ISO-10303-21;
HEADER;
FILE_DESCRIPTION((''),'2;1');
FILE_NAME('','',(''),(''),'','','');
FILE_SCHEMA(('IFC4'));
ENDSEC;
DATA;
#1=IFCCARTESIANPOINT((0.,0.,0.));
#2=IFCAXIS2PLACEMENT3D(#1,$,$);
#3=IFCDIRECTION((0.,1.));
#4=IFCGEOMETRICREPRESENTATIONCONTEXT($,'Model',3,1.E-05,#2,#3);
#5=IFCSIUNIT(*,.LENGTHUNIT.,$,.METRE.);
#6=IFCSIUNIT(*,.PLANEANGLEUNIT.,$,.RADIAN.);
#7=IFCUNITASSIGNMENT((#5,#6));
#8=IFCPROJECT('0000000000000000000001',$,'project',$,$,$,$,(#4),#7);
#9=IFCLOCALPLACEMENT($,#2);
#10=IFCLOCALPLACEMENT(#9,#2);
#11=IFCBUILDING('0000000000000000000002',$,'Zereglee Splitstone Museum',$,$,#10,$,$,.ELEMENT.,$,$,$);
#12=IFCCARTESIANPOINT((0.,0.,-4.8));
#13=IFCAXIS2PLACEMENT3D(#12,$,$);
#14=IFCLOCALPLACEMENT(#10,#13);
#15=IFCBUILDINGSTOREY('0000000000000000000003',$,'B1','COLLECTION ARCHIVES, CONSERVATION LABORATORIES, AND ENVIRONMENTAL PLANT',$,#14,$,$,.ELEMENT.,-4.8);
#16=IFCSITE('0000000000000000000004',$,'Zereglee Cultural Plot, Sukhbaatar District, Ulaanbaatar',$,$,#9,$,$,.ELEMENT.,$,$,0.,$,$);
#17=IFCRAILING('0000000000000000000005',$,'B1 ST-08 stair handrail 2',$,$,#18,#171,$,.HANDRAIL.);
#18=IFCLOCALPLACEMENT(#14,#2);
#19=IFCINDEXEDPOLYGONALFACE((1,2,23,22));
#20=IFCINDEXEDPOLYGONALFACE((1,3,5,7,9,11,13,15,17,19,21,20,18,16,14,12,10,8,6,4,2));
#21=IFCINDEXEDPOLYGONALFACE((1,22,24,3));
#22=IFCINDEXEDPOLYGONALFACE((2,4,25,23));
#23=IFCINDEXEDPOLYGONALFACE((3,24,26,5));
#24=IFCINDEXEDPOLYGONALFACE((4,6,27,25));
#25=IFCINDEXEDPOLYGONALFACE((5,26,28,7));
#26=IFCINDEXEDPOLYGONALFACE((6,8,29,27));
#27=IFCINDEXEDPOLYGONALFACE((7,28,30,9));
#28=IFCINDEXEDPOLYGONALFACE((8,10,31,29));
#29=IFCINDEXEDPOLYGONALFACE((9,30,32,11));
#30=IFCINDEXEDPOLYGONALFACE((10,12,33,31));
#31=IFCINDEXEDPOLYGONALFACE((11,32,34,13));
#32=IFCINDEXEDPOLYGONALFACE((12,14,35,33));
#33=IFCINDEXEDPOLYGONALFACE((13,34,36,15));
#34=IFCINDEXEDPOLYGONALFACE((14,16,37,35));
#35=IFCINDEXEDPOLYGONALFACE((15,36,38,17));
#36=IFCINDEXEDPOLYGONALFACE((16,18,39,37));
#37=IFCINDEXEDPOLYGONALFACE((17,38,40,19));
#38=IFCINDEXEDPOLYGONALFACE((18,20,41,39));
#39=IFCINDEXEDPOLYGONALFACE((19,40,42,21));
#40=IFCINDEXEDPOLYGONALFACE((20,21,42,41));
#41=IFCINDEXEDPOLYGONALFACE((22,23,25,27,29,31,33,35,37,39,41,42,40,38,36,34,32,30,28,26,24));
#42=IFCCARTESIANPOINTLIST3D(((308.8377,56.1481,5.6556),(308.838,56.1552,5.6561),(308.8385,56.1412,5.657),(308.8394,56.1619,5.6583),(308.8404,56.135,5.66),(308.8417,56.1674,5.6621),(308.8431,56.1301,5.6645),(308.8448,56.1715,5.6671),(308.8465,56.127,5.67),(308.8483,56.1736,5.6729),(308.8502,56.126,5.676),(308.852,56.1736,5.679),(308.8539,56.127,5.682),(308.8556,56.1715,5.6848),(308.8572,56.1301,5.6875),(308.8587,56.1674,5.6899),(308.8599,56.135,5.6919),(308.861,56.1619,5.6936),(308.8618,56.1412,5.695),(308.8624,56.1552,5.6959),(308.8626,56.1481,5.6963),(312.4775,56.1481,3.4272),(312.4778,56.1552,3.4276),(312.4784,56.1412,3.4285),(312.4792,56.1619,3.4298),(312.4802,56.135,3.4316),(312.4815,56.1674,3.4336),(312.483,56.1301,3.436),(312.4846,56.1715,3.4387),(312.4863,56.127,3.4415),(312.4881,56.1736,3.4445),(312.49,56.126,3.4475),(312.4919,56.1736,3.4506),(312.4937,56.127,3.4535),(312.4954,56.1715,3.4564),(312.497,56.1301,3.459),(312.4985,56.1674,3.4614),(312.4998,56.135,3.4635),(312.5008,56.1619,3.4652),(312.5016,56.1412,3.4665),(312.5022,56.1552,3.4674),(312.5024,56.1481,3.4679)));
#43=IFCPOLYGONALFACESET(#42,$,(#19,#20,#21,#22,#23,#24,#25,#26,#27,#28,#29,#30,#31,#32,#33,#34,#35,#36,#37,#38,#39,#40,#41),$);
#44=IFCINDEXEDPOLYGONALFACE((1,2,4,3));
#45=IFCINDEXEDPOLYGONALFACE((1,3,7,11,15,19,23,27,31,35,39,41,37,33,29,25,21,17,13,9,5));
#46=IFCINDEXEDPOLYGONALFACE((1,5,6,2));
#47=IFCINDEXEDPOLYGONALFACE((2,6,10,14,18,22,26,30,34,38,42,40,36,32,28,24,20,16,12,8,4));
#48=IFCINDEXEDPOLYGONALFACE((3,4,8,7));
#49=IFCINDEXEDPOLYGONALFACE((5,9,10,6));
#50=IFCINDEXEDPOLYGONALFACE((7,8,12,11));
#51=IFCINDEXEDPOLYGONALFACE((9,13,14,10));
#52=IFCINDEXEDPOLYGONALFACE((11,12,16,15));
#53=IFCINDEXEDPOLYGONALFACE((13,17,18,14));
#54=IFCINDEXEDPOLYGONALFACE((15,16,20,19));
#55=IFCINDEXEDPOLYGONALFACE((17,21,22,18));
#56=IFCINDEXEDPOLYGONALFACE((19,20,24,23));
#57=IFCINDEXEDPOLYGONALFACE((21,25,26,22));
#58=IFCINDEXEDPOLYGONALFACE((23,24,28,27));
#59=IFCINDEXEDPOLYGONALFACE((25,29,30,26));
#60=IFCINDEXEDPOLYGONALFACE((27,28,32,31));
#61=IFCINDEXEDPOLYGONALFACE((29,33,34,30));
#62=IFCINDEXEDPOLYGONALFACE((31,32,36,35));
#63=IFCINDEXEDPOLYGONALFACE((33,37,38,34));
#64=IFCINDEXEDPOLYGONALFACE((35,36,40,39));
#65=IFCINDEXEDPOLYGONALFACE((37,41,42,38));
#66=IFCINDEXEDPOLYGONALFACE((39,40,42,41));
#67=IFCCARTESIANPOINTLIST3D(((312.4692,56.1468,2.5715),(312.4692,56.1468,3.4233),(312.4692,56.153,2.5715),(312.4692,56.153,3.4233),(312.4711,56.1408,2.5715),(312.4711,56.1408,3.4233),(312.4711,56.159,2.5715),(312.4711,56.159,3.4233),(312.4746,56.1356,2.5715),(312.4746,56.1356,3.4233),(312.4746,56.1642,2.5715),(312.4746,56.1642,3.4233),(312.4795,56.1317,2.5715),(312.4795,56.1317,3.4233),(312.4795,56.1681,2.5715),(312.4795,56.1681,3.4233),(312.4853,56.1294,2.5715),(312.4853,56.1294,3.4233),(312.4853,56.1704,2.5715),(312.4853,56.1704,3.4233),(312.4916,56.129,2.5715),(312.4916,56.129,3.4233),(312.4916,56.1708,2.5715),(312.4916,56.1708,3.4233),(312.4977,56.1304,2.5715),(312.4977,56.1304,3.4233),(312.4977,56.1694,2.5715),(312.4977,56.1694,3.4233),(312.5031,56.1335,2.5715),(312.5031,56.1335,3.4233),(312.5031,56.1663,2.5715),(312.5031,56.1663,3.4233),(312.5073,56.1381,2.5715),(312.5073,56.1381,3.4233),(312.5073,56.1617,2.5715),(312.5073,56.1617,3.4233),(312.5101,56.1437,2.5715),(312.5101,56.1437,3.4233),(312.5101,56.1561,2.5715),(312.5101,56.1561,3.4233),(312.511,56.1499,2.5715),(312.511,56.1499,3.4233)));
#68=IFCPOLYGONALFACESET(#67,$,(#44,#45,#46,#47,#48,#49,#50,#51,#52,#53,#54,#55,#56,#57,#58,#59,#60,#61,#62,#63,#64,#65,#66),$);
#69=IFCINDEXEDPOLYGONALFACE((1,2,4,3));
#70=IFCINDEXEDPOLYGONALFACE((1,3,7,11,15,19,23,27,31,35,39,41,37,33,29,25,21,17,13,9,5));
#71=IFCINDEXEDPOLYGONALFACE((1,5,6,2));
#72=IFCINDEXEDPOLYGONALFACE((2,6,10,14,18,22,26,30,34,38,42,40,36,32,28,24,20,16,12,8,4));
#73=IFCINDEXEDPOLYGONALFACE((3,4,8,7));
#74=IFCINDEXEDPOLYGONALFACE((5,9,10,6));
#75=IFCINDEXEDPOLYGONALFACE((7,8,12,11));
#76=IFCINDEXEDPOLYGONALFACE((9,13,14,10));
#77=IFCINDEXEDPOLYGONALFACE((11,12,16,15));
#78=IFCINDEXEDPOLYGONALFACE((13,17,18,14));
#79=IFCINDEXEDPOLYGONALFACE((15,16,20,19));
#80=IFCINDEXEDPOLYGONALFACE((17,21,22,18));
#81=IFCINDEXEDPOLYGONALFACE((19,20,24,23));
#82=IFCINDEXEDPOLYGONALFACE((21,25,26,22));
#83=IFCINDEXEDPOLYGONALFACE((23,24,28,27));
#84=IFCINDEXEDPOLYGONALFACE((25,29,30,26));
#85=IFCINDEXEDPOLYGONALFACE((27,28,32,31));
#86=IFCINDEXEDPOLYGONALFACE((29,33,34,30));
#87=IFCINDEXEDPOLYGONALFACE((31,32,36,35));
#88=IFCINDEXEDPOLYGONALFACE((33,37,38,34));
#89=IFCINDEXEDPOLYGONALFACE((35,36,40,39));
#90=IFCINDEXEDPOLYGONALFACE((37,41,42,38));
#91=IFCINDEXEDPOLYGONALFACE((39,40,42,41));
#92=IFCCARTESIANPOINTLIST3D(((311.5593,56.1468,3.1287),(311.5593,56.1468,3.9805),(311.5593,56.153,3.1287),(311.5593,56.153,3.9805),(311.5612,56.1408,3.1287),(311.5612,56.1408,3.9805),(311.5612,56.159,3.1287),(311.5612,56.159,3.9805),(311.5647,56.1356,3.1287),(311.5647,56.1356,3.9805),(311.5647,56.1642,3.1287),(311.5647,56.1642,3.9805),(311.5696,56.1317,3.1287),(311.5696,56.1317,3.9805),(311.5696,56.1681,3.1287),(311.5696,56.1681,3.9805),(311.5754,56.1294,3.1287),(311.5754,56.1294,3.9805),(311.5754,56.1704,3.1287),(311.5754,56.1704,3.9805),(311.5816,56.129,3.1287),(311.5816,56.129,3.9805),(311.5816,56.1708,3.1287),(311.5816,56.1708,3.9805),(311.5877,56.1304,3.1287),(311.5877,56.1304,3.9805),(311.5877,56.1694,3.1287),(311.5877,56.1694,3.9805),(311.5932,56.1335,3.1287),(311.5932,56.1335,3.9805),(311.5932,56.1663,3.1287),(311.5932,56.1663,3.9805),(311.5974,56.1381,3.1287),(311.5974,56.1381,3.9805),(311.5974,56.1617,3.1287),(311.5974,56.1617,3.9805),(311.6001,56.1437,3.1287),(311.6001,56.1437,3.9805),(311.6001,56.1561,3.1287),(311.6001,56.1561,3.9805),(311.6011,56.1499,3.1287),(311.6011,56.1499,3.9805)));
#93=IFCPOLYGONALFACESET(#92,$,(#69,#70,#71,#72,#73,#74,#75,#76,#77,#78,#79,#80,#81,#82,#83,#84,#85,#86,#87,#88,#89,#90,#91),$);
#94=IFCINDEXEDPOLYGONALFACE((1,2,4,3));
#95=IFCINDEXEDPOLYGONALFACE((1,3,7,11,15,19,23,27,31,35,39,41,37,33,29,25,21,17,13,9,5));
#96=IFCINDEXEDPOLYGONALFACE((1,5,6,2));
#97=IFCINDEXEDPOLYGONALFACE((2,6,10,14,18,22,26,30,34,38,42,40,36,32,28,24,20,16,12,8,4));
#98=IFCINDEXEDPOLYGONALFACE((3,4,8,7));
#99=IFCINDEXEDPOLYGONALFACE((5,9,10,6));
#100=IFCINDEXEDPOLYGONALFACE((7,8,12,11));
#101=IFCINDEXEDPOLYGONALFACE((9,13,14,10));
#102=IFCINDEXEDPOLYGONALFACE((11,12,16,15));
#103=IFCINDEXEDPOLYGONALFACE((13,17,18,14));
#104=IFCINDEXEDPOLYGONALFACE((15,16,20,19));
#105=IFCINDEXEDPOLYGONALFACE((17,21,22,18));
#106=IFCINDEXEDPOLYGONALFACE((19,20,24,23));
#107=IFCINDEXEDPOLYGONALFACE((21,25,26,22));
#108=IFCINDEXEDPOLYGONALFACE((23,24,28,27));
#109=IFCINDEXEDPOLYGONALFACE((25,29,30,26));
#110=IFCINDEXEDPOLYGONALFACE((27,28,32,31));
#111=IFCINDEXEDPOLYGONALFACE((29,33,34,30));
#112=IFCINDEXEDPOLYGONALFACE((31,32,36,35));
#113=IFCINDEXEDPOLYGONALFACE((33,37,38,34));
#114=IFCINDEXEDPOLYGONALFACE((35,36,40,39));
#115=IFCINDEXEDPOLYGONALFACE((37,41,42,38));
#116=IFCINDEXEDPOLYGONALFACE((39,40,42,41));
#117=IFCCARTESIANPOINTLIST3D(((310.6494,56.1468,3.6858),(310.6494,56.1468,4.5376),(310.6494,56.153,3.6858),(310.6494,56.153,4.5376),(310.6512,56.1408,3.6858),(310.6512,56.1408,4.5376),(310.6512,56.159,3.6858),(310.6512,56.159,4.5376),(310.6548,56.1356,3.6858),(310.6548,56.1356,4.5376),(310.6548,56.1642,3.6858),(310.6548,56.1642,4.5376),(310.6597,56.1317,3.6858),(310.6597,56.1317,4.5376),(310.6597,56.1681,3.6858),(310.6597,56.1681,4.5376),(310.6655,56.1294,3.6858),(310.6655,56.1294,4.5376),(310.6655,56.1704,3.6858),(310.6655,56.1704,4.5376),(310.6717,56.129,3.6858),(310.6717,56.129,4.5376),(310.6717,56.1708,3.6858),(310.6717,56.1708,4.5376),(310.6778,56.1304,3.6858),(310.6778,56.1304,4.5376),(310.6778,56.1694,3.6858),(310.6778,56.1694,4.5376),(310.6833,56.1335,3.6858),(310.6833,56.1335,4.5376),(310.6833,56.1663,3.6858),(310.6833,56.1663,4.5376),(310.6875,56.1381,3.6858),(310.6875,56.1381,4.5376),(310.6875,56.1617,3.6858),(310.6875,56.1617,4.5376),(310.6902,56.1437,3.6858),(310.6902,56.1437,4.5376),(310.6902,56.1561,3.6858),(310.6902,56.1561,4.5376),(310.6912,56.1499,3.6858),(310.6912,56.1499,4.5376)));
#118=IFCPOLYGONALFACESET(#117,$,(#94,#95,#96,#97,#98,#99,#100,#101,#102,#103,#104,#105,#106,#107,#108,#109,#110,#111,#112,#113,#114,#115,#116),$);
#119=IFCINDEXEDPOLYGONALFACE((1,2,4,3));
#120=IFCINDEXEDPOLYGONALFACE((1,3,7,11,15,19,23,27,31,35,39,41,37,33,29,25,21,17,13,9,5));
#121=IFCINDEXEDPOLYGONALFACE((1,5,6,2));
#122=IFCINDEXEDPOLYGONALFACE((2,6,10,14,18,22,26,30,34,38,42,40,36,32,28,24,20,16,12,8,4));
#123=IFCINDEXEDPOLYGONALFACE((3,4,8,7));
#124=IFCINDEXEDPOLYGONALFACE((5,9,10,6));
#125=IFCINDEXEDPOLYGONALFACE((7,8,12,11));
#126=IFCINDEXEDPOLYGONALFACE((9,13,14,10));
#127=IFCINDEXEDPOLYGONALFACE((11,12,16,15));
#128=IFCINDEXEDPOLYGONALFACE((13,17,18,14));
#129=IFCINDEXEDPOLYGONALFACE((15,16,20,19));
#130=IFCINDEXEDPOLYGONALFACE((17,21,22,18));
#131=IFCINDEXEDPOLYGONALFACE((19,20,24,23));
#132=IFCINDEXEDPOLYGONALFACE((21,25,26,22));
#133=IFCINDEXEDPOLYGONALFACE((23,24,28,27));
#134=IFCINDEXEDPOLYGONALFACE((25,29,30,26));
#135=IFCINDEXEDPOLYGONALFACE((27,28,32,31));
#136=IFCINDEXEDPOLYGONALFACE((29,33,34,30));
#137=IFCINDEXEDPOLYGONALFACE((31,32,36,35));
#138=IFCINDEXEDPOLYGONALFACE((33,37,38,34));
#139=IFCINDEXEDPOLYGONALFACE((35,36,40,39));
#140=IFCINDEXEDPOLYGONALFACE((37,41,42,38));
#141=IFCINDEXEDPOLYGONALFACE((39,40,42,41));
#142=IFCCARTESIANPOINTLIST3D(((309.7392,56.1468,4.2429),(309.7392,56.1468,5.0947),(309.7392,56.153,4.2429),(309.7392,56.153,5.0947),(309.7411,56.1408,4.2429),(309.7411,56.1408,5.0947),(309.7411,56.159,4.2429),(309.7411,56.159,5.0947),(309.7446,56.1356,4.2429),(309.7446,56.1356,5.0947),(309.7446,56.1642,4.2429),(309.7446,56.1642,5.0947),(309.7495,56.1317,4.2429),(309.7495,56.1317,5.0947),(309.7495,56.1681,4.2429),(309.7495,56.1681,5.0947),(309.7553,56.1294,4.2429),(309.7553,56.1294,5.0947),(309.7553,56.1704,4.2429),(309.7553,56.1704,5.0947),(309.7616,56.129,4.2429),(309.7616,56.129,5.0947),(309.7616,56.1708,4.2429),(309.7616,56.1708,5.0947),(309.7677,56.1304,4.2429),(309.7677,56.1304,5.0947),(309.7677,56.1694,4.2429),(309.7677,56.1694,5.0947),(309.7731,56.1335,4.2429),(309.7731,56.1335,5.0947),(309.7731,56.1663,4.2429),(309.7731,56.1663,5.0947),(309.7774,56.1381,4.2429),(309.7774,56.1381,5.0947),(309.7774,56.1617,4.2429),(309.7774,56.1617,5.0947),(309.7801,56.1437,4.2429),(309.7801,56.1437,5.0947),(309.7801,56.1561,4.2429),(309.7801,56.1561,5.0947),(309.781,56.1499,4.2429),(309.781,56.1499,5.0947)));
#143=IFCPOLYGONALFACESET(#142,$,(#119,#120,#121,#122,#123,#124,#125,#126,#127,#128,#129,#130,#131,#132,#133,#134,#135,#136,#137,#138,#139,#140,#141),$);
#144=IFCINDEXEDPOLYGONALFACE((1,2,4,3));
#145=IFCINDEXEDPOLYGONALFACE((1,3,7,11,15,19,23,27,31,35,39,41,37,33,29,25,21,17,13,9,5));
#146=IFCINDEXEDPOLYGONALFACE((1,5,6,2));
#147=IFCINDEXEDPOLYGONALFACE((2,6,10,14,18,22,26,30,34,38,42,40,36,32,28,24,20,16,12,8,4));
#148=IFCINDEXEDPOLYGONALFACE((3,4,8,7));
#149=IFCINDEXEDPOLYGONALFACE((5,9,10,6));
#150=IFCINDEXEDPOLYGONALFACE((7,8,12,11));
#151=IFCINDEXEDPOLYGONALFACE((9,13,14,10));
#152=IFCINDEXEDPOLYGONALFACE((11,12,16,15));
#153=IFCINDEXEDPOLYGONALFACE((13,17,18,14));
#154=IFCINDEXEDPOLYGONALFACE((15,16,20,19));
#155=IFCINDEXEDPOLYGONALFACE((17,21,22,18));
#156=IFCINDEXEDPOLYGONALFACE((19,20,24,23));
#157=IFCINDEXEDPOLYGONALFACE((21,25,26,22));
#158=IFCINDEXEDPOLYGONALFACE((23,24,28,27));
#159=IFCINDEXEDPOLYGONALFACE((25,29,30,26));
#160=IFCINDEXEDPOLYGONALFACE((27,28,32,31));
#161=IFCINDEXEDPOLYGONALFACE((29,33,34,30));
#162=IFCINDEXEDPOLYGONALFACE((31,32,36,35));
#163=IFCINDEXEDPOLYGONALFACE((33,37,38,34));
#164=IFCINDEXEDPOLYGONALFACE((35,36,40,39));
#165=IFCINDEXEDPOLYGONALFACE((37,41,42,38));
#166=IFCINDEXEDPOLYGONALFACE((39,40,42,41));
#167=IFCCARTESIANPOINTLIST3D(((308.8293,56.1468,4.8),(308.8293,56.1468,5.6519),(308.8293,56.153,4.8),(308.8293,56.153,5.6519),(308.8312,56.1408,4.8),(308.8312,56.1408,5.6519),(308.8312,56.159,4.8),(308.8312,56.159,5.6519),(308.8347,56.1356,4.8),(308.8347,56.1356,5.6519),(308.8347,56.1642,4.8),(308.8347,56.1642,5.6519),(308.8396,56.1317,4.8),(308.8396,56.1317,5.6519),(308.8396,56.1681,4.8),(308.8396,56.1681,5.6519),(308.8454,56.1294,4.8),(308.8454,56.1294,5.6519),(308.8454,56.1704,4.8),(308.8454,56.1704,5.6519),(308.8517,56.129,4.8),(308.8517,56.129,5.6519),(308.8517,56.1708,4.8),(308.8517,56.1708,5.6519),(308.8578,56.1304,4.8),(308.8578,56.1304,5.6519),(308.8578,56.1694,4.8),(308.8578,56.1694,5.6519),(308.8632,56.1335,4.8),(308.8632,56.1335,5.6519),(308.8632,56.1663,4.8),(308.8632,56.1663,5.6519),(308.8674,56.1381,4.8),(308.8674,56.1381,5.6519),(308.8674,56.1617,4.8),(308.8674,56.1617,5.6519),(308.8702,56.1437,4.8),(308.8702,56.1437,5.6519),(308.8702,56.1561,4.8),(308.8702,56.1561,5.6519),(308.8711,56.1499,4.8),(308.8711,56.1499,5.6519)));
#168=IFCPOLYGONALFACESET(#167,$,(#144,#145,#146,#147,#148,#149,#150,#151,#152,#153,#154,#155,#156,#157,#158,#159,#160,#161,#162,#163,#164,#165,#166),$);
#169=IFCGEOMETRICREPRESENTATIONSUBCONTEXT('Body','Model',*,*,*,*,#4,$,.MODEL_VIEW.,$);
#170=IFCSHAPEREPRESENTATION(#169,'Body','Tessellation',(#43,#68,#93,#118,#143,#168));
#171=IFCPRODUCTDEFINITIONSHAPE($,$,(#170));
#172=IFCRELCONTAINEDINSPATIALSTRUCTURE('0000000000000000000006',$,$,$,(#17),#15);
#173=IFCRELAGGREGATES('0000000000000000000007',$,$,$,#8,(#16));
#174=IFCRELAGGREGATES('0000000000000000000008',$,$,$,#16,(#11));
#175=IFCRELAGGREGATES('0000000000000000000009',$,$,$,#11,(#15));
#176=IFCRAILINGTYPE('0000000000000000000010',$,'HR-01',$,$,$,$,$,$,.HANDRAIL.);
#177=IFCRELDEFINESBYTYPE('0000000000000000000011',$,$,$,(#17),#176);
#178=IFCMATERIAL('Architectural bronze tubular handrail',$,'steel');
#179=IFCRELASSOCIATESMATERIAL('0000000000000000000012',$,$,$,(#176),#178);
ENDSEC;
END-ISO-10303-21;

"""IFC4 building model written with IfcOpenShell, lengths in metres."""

from ifc_helpers import new_model, si_unit, direction, frame, origin, origin_2d, place, context, subcontext, project, spatial, circle, extrude, material, type_object, element, save


model = new_model("IFC4")

# Units and contexts
model_context = context("Model", 3, precision=1e-05, world=origin(), true_north=direction((0.0, 1.0)))
body_context = subcontext(model_context, "Body", "Model", "MODEL_VIEW")
ifc_project = project(units=[si_unit("LENGTHUNIT", "METRE"), si_unit("PLANEANGLEUNIT", "RADIAN")], contexts=[model_context])

# Site, building, storey
site_placement = place(None, origin())
site = spatial("IfcSite", under=ifc_project, at=site_placement, Name="Zereglee Cultural Plot, Sukhbaatar District, Ulaanbaatar", CompositionType="ELEMENT", RefElevation=0.0)
building_placement = place(site_placement, origin())
building = spatial("IfcBuilding", under=site, at=building_placement, Name="Zereglee Splitstone Museum", CompositionType="ELEMENT")
storey_placement = place(building_placement, frame((0.0, 0.0, -4.8)))
storey = spatial("IfcBuildingStorey", under=building, at=storey_placement, Name="B1", Description="COLLECTION ARCHIVES, CONSERVATION LABORATORIES, AND ENVIRONMENTAL PLANT", CompositionType="ELEMENT", Elevation=-4.8)

# Railing
ifc_material_1 = material(Name="Architectural bronze tubular handrail", Category="steel")
railing_type_1 = type_object("IfcRailingType", Name="HR-01", PredefinedType="HANDRAIL", material=ifc_material_1)
railing_1_placement = place(storey_placement, frame((312.49, 56.1499, 2.5715)))
element("IfcRailing", 1, at=railing_1_placement, inside=storey, type_object=railing_type_1, Name="B1 ST-08 stair handrail 2", PredefinedType="HANDRAIL", context=body_context, shape_type="SweptSolid", body=[
    extrude(circle(Radius=0.0239, at=origin_2d()), frame((0.0, 0.0, 0.876), z_axis=(-0.85285, 0.0, 0.522156), x_axis=(0.0, -1.0, 0.0)), (0.0, 0.0, 1.0), 4.2678),
    extrude(circle(Radius=0.021, at=origin_2d()), origin(), (0.0, 0.0, 1.0), 0.8518),
    extrude(circle(Radius=0.021, at=origin_2d()), frame((-0.9099, 0.0, 0.5571)), (0.0, 0.0, 1.0), 0.8518),
    extrude(circle(Radius=0.021, at=origin_2d()), frame((-1.8198, 0.0, 1.1143)), (0.0, 0.0, 1.0), 0.8518),
    extrude(circle(Radius=0.021, at=origin_2d()), frame((-2.73, 0.0, 1.6714)), (0.0, 0.0, 1.0), 0.8518),
    extrude(circle(Radius=0.021, at=origin_2d()), frame((-3.6399, 0.0, 2.2285)), (0.0, 0.0, 1.0), 0.8518),
])

save(model, "model.ifc")
